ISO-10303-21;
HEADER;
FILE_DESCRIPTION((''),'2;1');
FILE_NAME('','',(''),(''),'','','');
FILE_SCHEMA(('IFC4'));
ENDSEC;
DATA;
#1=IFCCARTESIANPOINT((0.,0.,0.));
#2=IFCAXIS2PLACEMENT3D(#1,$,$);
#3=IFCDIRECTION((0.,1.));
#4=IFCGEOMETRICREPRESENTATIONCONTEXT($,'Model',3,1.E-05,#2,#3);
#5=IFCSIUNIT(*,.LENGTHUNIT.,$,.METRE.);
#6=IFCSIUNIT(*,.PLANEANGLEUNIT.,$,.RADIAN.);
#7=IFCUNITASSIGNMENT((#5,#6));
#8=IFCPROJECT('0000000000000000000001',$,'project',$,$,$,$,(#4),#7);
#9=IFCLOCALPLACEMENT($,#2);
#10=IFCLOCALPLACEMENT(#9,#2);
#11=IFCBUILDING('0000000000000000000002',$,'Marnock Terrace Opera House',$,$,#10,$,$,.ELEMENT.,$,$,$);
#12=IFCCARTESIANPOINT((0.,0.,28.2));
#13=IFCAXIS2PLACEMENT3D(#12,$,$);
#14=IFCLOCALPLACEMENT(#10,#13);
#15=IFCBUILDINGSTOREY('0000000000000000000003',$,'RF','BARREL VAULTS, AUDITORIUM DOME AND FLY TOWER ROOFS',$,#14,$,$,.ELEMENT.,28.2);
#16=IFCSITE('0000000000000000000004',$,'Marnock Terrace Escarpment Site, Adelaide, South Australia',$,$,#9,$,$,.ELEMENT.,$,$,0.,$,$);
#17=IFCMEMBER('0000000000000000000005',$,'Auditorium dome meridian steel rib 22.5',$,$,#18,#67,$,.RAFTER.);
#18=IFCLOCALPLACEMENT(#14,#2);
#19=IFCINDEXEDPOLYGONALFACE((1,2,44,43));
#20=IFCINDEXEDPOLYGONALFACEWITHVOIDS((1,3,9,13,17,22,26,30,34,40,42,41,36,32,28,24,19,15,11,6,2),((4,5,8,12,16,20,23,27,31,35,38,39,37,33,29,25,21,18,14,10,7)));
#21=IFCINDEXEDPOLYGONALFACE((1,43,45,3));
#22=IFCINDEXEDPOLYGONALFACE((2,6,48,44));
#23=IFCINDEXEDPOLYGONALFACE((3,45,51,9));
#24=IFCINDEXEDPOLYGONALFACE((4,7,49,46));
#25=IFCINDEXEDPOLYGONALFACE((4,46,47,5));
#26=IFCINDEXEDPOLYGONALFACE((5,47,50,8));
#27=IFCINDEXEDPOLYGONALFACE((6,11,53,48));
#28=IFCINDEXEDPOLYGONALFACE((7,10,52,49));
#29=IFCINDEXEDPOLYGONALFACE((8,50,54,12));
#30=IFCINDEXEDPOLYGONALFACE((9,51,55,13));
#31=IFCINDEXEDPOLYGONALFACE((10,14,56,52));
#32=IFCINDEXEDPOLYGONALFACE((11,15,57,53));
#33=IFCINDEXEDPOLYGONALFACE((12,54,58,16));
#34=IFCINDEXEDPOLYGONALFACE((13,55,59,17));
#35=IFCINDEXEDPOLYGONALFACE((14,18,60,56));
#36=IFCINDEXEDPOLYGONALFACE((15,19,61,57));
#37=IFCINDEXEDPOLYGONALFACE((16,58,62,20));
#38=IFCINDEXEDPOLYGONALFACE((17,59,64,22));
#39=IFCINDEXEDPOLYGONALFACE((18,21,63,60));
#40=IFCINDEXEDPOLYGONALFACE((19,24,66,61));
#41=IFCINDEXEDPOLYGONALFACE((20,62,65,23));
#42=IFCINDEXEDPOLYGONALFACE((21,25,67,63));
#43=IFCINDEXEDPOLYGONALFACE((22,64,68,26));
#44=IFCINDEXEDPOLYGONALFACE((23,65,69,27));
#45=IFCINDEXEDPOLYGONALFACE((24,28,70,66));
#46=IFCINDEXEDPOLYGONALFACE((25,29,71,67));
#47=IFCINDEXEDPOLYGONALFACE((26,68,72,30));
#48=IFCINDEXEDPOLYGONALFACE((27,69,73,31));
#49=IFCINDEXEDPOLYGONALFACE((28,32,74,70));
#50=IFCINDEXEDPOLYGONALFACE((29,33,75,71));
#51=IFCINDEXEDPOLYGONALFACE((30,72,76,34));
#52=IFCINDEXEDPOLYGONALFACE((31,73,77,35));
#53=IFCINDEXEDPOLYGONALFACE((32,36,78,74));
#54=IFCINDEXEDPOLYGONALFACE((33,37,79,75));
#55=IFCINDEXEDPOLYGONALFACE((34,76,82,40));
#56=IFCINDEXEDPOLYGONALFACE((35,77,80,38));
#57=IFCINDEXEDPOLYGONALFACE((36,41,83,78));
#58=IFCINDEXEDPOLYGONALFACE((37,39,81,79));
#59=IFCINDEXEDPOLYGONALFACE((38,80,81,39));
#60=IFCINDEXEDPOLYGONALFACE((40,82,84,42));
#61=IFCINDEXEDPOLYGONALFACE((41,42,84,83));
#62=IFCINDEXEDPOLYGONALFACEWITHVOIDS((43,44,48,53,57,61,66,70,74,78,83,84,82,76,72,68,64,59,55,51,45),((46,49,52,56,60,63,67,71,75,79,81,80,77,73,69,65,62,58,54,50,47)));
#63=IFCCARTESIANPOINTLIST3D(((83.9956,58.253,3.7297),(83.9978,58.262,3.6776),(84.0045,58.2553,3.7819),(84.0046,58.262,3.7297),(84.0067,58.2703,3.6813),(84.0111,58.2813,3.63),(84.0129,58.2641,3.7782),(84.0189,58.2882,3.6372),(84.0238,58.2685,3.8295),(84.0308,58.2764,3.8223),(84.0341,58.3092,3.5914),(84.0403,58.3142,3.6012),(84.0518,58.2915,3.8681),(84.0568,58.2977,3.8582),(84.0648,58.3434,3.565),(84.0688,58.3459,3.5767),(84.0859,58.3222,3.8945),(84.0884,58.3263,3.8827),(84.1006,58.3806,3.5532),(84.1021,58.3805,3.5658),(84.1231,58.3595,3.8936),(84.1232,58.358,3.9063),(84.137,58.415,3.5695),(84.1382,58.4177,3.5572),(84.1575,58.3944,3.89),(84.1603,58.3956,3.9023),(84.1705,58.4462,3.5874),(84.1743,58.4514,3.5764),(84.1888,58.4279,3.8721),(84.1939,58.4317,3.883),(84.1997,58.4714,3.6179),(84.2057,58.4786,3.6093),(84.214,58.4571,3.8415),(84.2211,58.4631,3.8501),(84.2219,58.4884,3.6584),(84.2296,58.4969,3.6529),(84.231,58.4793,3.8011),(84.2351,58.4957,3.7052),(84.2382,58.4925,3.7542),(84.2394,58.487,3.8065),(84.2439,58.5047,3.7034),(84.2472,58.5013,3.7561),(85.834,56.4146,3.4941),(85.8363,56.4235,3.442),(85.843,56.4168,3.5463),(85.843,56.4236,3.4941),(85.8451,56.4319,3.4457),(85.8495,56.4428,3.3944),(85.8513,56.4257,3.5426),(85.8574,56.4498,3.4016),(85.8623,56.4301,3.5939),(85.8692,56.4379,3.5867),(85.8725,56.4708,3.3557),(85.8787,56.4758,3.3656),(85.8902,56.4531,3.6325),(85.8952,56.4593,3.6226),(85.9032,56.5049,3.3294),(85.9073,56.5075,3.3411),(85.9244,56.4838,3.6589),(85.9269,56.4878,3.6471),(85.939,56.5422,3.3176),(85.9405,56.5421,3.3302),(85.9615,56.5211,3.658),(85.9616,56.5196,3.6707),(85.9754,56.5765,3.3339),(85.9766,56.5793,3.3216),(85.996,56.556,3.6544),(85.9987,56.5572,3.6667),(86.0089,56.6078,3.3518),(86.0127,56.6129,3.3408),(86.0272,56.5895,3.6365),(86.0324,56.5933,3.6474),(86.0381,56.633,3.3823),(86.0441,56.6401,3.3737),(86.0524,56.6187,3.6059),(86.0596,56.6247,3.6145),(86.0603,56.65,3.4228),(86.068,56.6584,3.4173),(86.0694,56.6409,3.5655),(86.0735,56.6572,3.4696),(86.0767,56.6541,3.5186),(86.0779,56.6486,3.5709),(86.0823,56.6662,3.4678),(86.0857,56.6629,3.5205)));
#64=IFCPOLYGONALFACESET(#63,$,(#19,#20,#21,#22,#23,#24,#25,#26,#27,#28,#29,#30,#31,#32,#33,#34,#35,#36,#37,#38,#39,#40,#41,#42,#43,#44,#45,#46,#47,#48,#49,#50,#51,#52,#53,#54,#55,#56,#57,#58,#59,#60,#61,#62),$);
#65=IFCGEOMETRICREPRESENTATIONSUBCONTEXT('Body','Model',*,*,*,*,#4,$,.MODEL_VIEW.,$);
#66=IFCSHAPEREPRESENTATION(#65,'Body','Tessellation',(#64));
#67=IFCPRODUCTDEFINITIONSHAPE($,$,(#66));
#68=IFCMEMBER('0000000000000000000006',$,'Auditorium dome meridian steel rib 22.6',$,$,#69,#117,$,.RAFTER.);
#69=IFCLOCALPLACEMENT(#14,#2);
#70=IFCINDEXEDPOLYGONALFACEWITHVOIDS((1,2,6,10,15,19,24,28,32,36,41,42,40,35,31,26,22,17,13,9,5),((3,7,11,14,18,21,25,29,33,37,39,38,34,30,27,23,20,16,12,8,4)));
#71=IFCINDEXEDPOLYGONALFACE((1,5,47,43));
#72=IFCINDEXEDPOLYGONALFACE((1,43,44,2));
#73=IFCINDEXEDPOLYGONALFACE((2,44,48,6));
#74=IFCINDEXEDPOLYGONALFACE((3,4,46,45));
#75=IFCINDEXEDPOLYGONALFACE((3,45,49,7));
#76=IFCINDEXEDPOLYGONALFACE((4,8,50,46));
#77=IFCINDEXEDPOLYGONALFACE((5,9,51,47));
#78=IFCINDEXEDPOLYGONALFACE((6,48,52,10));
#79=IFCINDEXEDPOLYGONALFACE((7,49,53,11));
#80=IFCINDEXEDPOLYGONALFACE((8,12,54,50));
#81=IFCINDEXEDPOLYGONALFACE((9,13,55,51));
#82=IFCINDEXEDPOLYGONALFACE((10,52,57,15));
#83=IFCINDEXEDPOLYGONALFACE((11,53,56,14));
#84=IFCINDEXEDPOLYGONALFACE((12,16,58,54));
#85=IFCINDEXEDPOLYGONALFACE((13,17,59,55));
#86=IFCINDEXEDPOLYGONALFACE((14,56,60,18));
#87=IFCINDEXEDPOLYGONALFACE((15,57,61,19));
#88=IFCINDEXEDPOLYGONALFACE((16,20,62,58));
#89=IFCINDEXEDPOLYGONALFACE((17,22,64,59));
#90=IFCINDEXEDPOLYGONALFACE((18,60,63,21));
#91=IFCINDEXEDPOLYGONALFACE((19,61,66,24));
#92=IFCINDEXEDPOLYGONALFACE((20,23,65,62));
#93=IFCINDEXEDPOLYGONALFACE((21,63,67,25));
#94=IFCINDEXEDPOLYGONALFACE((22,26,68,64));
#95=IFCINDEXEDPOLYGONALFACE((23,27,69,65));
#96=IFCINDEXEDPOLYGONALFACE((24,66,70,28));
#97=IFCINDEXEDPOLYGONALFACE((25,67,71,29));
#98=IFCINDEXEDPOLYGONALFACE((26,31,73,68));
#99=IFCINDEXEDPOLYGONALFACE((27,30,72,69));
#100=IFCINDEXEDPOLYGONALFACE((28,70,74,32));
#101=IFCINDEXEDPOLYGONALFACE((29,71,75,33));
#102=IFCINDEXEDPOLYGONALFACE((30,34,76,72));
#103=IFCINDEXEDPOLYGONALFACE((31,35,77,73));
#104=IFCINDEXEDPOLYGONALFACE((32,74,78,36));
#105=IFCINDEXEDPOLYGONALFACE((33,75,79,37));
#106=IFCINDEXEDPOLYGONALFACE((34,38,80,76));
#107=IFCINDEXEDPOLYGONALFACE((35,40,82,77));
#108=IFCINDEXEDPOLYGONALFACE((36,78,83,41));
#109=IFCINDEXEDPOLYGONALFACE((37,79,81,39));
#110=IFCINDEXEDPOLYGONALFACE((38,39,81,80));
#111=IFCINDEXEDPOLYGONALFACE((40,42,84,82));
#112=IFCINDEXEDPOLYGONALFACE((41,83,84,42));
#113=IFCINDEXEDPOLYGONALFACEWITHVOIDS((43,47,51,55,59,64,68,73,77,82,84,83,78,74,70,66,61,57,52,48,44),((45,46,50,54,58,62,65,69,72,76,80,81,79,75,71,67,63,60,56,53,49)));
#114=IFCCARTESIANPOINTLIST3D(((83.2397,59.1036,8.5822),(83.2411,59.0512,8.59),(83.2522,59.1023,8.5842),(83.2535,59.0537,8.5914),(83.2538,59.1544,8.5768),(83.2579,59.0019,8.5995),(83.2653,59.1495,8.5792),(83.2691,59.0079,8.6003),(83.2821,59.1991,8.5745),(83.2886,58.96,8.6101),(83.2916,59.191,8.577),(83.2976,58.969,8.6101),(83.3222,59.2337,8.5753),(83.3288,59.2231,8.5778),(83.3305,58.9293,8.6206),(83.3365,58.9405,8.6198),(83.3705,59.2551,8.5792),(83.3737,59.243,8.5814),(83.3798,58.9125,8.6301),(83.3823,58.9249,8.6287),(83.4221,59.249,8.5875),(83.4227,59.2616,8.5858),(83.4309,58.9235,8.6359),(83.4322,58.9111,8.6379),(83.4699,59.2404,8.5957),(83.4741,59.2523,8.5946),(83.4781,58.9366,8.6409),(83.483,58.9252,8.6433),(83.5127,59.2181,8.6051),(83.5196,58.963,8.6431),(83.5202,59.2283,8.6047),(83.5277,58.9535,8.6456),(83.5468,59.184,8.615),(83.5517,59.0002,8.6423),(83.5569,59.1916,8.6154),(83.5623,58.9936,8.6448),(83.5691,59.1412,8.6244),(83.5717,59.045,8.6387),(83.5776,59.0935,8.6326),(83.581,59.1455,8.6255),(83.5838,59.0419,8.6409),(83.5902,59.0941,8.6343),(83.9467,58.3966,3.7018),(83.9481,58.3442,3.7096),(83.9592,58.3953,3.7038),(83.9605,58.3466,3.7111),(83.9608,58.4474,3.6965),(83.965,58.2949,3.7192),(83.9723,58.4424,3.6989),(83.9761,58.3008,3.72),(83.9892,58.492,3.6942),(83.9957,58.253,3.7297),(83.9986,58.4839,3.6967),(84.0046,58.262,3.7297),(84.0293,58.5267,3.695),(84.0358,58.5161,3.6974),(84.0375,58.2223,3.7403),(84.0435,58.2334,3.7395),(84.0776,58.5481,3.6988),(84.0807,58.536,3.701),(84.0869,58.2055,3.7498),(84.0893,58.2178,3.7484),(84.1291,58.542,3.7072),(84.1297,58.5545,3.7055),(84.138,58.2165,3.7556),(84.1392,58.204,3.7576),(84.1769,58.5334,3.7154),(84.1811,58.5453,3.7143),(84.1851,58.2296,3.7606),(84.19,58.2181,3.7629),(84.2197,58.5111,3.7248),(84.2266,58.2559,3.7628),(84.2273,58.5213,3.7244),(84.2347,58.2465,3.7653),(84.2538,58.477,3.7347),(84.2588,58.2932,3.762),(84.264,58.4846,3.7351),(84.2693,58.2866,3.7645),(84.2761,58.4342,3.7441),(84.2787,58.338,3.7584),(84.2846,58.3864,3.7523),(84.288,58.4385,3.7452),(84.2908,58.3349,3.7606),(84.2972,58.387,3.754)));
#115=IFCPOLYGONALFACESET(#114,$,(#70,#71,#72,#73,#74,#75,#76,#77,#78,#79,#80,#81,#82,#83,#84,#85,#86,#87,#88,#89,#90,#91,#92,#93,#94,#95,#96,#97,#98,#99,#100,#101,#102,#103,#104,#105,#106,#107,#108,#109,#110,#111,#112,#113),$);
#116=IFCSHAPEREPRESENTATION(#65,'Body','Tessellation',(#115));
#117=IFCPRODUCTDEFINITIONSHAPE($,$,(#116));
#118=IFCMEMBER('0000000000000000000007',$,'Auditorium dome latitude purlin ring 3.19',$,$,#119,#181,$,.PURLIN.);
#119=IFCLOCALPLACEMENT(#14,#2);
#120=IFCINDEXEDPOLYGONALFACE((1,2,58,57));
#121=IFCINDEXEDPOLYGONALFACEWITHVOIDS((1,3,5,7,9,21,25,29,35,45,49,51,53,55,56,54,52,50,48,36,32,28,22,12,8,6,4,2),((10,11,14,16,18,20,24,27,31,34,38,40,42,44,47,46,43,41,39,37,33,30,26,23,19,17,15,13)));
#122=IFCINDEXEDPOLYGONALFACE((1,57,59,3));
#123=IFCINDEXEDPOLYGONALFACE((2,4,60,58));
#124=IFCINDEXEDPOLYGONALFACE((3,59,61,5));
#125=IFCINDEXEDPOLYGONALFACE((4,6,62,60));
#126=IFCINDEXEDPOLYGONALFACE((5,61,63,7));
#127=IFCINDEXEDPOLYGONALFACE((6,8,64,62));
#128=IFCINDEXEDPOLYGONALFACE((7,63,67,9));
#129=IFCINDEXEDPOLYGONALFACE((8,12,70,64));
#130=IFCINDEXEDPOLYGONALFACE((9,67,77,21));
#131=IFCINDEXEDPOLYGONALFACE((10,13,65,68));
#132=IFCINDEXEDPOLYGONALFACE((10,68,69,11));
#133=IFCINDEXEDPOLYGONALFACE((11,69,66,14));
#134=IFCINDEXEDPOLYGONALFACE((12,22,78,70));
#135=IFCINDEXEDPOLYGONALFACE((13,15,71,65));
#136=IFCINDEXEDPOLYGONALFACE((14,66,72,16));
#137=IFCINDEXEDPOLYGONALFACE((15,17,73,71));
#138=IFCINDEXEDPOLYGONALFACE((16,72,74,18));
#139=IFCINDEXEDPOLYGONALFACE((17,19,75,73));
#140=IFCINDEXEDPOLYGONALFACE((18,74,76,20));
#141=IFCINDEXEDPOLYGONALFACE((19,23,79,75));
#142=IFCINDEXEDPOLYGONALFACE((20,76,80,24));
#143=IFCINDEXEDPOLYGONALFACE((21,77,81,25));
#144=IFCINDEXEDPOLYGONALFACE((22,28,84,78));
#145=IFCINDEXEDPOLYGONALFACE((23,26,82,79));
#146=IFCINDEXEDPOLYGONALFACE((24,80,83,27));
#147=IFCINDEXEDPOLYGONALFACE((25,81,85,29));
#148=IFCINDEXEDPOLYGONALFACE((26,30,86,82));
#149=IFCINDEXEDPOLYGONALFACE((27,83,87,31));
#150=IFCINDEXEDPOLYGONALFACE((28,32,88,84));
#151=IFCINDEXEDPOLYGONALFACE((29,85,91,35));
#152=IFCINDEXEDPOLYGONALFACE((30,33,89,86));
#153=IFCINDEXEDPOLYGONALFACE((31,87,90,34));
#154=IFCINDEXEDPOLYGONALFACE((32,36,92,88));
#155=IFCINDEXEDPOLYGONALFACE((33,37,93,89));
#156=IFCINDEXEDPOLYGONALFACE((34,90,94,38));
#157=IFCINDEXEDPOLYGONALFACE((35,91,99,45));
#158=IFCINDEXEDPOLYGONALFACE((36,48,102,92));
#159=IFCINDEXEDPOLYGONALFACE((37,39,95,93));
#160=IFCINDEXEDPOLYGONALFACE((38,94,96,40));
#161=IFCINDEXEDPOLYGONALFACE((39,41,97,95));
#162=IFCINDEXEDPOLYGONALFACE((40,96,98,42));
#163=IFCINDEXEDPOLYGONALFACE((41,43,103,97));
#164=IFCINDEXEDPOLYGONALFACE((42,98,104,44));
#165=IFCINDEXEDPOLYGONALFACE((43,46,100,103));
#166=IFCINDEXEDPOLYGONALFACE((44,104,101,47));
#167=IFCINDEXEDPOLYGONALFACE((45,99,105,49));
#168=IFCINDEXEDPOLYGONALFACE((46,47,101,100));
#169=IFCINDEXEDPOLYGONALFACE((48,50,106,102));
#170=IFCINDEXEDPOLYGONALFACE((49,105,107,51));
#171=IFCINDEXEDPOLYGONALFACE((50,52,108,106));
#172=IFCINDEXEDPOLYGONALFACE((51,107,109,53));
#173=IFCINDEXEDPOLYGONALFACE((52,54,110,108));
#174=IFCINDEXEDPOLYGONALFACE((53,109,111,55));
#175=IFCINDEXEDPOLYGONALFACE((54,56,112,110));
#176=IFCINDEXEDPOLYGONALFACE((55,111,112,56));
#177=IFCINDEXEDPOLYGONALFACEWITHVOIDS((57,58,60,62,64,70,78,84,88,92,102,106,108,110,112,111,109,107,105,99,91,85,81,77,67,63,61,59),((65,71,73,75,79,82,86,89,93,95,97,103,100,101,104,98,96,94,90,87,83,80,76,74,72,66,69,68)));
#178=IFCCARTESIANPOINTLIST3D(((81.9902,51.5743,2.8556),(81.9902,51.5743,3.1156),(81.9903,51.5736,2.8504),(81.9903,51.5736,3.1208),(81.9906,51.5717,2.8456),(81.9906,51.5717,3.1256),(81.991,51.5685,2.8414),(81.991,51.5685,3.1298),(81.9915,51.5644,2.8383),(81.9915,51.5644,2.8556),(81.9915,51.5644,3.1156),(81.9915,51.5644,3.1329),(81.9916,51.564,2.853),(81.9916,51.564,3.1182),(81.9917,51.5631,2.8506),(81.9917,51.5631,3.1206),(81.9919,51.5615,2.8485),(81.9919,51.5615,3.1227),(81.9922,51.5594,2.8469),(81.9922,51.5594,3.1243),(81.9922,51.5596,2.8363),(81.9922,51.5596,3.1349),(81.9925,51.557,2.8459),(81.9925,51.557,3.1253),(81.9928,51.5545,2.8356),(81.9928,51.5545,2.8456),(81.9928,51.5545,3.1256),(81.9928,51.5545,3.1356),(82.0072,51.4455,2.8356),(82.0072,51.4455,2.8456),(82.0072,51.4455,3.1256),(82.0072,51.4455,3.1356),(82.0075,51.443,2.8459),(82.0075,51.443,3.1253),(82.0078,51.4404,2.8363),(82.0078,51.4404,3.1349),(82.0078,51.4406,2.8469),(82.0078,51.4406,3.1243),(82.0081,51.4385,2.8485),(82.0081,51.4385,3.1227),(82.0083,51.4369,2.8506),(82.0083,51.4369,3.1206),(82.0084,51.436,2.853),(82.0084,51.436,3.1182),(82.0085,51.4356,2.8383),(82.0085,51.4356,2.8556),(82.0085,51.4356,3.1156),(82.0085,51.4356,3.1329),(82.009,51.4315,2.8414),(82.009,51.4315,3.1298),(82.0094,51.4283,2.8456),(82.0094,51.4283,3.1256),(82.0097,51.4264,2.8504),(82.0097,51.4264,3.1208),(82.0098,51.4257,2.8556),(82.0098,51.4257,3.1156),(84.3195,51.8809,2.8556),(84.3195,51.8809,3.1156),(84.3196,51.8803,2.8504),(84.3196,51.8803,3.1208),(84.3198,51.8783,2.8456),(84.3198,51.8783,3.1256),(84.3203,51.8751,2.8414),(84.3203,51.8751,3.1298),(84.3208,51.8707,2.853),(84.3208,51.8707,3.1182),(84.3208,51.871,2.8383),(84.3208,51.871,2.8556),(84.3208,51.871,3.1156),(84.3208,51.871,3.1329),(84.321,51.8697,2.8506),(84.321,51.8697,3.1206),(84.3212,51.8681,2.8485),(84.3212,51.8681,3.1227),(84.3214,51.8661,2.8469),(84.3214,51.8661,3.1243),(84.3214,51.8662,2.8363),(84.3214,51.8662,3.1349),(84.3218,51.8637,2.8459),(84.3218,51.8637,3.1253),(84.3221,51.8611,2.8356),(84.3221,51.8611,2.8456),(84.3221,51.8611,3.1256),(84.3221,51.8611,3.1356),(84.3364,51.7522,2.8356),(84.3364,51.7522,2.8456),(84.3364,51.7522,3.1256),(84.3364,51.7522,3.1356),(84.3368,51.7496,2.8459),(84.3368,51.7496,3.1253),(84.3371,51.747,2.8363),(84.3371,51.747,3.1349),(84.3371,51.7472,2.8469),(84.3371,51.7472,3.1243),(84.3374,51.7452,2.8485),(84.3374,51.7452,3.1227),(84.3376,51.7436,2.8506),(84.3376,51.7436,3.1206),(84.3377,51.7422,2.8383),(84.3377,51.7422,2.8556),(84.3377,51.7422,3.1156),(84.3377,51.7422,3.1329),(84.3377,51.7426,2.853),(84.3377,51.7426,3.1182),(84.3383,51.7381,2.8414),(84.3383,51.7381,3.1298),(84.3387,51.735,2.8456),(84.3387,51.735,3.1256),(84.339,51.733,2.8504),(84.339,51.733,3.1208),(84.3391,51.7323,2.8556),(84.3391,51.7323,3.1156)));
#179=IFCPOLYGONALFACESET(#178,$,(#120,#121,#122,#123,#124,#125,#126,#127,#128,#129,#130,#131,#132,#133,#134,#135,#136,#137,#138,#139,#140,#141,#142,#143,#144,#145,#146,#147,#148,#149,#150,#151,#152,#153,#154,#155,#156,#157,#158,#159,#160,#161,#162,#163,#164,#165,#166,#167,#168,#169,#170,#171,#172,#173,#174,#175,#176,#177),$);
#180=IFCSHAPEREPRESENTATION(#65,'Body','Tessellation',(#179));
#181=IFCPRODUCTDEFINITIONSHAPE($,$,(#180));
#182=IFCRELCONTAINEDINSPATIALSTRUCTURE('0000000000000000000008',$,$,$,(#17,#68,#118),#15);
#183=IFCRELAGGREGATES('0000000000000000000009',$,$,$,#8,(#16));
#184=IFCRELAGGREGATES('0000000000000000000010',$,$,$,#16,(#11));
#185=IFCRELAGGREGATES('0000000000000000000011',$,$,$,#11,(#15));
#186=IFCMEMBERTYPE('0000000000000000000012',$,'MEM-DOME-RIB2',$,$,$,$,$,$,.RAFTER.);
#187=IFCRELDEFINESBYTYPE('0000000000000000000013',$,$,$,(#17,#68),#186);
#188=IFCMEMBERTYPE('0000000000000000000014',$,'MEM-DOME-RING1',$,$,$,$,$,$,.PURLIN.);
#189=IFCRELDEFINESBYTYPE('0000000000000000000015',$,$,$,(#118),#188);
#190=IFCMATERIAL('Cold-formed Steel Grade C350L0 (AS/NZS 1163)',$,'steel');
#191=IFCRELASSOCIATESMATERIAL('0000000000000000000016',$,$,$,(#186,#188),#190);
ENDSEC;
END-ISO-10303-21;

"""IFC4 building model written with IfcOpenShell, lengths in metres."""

from ifc_helpers import new_model, si_unit, direction, frame, origin, origin_2d, place, context, subcontext, project, spatial, hollow_rectangle, hollow_circle, extrude, material, material_profile, profile_set, type_object, element, save


model = new_model("IFC4")

# Units and contexts
model_context = context("Model", 3, precision=1e-05, world=origin(), true_north=direction((0.0, 1.0)))
body_context = subcontext(model_context, "Body", "Model", "MODEL_VIEW")
ifc_project = project(units=[si_unit("LENGTHUNIT", "METRE"), si_unit("PLANEANGLEUNIT", "RADIAN")], contexts=[model_context])

# Site, building, storey
site_placement = place(None, origin())
site = spatial("IfcSite", under=ifc_project, at=site_placement, Name="Marnock Terrace Escarpment Site, Adelaide, South Australia", CompositionType="ELEMENT", RefElevation=0.0)
building_placement = place(site_placement, origin())
building = spatial("IfcBuilding", under=site, at=building_placement, Name="Marnock Terrace Opera House", CompositionType="ELEMENT")
storey_placement = place(building_placement, frame((0.0, 0.0, 28.2)))
storey = spatial("IfcBuildingStorey", under=building, at=storey_placement, Name="RF", Description="BARREL VAULTS, AUDITORIUM DOME AND FLY TOWER ROOFS", CompositionType="ELEMENT", Elevation=28.2)

# Members
ifc_material_1 = material(Name="Cold-formed Steel Grade C350L0 (AS/NZS 1163)", Category="steel")
ifc_material_profile_1 = material_profile(ifc_material_1, hollow_circle(Radius=0.1777, WallThickness=0.0127, at=origin_2d()))
ifc_profile_set_1 = profile_set([ifc_material_profile_1], Name="Cold-formed Steel Grade C350L0 (AS/NZS 1163)")
member_type_1 = type_object("IfcMemberType", Name="MEM-DOME-RIB2", PredefinedType="RAFTER", material=ifc_profile_set_1)
member_1_placement = place(storey_placement, frame((85.9597, 56.5403, 3.4941), z_axis=(-0.704221, 0.704221, 0.090249), x_axis=(-0.707107, -0.707107, 0.0)))
element("IfcMember", 1, at=member_1_placement, inside=storey, type_object=member_type_1, Name="Auditorium dome meridian steel rib 22.5", PredefinedType="RAFTER", context=body_context, shape_type="SweptSolid", body=[
    extrude(hollow_circle(Radius=0.1777, WallThickness=0.0127, at=origin_2d()), origin(), (0.0, 0.0, 1.0), 2.6106),
])
member_2_placement = place(storey_placement, frame((84.1213, 58.3787, 3.7297), z_axis=(-0.141924, 0.141924, 0.97965), x_axis=(-0.707107, -0.707107, 0.0)))
element("IfcMember", 2, at=member_2_placement, inside=storey, type_object=member_type_1, Name="Auditorium dome meridian steel rib 22.6", PredefinedType="RAFTER", context=body_context, shape_type="SweptSolid", body=[
    extrude(hollow_circle(Radius=0.1777, WallThickness=0.0127, at=origin_2d()), origin(), (0.0, 0.0, 1.0), 4.9817),
])
ifc_material_profile_2 = material_profile(ifc_material_1, hollow_rectangle(XDim=0.1499, YDim=0.3, WallThickness=0.01, InnerFilletRadius=0.01, OuterFilletRadius=0.02, at=origin_2d()))
ifc_profile_set_2 = profile_set([ifc_material_profile_2], Name="Cold-formed Steel Grade C350L0 (AS/NZS 1163)")
member_type_2 = type_object("IfcMemberType", Name="MEM-DOME-RING1", PredefinedType="PURLIN", material=ifc_profile_set_2)
member_3_placement = place(storey_placement, frame((82.0, 51.5, 2.9856), z_axis=(0.991446, 0.130516, 0.0), x_axis=(-0.130516, 0.991446, 0.0)))
element("IfcMember", 3, at=member_3_placement, inside=storey, type_object=member_type_2, Name="Auditorium dome latitude purlin ring 3.19", PredefinedType="PURLIN", context=body_context, shape_type="SweptSolid", body=[
    extrude(hollow_rectangle(XDim=0.1499, YDim=0.3, WallThickness=0.01, InnerFilletRadius=0.01, OuterFilletRadius=0.02, at=origin_2d()), origin(), (0.0, 0.0, 1.0), 2.3494),
])

save(model, "model.ifc")
